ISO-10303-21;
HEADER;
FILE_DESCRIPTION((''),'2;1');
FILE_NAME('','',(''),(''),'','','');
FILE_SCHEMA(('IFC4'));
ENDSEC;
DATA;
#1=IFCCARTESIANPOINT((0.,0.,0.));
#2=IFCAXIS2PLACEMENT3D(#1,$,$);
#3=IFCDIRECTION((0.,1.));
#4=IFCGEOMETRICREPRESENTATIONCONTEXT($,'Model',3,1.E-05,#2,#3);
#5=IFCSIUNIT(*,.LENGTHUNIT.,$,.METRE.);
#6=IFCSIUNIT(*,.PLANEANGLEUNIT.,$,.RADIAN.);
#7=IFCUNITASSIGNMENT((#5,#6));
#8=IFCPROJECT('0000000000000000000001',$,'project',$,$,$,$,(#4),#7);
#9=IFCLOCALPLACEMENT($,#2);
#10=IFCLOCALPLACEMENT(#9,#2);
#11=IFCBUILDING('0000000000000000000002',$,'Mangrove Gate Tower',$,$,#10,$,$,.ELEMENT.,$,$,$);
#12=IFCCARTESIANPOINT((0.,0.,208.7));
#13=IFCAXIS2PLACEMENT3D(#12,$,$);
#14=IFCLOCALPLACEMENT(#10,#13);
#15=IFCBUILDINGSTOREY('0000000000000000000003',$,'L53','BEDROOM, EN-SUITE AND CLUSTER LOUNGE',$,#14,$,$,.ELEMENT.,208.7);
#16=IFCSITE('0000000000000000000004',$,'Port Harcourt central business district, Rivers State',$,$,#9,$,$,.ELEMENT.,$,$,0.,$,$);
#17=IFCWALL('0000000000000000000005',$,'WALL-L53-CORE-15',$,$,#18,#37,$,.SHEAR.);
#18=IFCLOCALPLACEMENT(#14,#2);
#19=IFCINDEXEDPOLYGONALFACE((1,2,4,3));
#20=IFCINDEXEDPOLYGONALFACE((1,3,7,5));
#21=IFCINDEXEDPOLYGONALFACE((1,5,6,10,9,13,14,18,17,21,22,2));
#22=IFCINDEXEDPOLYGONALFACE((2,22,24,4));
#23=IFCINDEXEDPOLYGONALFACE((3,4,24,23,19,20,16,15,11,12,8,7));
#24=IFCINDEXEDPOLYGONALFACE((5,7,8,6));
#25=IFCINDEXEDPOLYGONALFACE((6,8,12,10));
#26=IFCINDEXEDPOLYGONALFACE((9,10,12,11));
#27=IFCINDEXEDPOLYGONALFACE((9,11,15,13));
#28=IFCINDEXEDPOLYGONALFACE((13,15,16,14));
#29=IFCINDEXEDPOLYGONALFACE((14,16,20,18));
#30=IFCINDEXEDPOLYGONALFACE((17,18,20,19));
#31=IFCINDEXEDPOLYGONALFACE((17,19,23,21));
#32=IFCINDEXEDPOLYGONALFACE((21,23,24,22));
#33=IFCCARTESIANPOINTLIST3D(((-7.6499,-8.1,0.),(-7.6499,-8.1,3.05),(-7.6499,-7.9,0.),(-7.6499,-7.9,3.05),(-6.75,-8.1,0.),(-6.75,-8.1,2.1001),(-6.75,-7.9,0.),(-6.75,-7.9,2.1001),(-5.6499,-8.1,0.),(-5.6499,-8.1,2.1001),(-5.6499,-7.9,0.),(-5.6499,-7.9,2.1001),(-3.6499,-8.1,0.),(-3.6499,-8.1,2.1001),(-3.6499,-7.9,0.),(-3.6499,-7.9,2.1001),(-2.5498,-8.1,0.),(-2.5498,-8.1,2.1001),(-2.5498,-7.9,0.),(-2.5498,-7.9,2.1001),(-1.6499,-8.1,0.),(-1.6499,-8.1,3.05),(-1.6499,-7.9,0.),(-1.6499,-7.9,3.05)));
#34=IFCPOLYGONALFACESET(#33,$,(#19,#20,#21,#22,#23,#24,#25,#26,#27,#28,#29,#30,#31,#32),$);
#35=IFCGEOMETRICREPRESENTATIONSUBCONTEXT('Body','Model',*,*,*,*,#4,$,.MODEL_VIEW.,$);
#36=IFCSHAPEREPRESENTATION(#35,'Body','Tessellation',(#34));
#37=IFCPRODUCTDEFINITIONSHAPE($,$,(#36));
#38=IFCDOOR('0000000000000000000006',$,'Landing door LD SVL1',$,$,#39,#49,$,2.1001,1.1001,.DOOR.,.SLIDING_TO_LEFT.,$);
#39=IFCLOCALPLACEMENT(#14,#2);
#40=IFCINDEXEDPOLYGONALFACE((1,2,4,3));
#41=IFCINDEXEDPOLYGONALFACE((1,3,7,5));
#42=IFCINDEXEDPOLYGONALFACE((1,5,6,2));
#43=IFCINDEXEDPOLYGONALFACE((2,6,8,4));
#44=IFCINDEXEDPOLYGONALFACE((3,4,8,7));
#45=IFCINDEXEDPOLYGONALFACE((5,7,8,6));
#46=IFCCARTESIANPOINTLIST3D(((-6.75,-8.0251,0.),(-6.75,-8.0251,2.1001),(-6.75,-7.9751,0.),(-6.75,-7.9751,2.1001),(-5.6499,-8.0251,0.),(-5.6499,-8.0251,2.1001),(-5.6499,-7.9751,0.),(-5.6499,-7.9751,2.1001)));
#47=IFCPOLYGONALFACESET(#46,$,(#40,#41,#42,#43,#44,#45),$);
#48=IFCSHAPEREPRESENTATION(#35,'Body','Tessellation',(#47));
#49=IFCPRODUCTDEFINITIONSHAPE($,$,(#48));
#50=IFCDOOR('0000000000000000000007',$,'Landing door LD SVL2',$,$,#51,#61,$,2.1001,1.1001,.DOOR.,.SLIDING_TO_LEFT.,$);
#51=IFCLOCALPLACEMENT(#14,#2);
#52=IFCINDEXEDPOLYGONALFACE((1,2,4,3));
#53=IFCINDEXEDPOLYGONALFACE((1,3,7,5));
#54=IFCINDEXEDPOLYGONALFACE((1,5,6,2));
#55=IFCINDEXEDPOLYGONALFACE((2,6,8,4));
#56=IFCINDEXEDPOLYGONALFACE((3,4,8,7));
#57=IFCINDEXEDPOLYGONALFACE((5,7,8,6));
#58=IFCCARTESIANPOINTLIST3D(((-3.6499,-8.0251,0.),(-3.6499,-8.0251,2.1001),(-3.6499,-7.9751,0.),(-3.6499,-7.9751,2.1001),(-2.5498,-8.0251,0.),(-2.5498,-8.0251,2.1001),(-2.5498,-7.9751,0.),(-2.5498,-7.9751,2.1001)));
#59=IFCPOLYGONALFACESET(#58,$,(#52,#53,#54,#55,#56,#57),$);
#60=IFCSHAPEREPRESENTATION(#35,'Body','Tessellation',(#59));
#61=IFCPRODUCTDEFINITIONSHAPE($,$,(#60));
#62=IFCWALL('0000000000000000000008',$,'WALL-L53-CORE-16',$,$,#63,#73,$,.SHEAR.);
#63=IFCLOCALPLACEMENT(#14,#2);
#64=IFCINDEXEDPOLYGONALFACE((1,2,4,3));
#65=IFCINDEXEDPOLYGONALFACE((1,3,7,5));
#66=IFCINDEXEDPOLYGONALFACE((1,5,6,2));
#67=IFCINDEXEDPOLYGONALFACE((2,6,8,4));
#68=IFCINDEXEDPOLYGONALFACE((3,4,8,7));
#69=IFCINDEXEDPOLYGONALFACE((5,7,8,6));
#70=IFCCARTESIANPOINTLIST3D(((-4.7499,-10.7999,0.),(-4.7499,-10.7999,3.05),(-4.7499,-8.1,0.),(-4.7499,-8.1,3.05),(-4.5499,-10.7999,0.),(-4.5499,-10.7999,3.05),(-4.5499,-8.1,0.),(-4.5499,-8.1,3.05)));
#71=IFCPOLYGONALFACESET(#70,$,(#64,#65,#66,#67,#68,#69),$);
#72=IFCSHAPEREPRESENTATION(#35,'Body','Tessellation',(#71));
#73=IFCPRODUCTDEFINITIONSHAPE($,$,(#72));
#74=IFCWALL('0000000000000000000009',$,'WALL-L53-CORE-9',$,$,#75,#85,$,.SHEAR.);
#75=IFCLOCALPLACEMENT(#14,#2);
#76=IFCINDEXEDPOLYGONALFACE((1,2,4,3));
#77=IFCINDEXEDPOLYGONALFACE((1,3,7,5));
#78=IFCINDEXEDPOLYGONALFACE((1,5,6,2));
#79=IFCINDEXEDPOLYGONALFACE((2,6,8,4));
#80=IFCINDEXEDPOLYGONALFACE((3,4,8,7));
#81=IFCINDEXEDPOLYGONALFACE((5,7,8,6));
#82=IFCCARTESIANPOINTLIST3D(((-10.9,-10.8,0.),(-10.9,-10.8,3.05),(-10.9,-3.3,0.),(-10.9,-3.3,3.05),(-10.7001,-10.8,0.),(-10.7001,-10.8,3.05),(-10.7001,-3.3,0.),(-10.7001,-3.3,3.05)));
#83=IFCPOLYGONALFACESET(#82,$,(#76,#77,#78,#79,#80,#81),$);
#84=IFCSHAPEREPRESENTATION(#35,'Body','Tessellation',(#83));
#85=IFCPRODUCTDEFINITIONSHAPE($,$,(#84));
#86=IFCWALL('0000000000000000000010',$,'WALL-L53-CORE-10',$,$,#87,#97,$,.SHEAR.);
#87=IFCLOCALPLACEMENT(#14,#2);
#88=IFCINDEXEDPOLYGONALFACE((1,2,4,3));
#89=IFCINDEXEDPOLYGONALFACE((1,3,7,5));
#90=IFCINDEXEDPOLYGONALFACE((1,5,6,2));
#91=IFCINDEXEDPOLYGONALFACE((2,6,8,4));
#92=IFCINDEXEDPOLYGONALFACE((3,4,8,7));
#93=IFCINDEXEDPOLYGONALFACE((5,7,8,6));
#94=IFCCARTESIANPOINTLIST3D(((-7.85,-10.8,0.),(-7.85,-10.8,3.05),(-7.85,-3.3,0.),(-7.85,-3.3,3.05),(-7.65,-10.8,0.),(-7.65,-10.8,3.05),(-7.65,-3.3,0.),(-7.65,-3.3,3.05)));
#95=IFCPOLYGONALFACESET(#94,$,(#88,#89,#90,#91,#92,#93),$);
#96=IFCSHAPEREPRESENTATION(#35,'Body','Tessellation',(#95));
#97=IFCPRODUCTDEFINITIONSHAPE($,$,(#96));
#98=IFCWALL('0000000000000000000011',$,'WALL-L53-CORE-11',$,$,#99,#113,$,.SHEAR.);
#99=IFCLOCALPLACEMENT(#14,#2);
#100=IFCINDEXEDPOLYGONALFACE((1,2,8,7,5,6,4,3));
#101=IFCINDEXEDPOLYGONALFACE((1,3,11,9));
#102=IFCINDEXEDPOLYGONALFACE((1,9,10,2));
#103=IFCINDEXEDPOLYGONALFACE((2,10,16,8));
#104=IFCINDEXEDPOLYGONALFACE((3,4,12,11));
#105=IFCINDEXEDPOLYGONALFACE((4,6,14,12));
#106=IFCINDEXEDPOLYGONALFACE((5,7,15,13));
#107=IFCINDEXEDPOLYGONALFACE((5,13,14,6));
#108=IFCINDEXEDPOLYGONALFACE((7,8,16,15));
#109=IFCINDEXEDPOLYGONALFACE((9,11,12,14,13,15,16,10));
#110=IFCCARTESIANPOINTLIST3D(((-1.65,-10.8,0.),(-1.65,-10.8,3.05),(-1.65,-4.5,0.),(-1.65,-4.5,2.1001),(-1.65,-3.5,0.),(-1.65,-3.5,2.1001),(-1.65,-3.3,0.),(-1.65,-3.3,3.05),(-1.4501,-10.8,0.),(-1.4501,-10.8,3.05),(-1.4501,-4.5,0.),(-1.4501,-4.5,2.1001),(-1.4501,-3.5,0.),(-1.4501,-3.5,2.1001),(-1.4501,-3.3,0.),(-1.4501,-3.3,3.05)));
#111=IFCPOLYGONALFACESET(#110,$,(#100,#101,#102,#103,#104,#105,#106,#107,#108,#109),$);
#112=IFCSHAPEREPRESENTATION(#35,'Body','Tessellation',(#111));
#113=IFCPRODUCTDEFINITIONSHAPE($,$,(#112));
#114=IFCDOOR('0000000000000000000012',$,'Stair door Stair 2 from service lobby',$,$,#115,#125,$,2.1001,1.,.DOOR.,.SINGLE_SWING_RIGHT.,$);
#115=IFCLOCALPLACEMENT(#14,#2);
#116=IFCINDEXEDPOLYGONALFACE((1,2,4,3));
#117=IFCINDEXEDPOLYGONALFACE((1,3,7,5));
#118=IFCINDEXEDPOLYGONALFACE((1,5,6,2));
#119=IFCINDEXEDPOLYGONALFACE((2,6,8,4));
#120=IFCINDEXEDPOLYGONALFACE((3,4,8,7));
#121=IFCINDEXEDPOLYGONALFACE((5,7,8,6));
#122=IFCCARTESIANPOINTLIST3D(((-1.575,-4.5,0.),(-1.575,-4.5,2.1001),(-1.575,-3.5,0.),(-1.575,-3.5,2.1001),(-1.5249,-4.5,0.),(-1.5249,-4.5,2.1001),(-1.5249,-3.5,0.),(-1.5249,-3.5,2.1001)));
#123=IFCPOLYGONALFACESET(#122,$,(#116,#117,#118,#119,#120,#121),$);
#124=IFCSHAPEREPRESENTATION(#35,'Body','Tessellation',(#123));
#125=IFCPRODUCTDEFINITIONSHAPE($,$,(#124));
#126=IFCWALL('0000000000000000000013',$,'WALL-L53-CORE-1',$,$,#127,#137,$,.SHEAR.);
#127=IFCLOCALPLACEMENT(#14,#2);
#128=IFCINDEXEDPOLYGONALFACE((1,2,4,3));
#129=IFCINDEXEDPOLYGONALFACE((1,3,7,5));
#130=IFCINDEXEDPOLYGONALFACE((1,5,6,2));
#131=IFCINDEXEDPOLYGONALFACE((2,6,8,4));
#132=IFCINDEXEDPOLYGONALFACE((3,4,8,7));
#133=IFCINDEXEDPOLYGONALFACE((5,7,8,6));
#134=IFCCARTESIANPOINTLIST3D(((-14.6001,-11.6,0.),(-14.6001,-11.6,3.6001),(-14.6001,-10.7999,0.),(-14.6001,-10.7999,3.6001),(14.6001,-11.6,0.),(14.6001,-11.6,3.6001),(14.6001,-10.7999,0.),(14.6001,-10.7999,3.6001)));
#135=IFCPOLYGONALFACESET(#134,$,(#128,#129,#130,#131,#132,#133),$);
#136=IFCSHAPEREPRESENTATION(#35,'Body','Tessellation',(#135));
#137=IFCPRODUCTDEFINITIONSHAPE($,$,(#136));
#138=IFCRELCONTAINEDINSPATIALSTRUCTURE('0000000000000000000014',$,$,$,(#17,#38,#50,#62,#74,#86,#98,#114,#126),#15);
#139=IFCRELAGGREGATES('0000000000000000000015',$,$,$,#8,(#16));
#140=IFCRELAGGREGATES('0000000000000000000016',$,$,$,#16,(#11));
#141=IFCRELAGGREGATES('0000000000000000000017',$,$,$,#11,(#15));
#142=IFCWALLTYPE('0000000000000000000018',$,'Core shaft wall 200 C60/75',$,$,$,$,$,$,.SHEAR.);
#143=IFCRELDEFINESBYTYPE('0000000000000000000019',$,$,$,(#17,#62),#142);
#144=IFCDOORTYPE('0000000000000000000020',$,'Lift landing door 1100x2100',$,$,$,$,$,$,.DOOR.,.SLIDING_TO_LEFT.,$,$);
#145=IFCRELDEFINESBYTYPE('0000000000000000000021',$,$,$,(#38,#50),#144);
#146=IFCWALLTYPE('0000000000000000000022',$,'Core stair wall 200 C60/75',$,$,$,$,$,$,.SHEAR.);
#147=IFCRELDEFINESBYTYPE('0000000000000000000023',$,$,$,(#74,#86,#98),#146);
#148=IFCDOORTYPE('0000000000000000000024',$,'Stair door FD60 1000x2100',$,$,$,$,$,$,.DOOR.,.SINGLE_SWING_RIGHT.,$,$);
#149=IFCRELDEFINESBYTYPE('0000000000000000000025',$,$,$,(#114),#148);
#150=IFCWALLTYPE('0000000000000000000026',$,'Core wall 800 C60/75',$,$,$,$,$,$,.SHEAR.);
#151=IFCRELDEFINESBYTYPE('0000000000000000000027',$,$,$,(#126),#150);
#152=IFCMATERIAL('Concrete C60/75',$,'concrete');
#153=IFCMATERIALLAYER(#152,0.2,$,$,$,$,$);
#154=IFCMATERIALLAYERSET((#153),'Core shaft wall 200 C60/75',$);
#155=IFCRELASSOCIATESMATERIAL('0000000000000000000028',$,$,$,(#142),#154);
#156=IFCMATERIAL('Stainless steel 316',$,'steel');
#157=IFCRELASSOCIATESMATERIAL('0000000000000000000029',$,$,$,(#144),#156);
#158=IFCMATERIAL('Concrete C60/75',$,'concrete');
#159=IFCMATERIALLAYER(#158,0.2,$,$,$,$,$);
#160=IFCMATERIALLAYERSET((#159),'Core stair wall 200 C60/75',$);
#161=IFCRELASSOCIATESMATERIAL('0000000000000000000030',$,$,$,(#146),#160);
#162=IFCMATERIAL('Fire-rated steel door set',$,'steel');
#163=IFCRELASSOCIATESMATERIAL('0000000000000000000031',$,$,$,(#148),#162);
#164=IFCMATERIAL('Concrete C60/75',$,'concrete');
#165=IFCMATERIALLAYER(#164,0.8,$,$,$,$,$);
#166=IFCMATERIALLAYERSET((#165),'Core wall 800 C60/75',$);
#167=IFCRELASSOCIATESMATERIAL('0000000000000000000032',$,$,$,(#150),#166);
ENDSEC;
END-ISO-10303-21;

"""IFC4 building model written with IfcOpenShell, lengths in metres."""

from ifc_helpers import new_model, si_unit, direction, frame, frame_2d, origin, place, context, subcontext, project, spatial, rectangle, extrude, material, layer, layer_set, type_object, element, fill, save


model = new_model("IFC4")

# Units and contexts
model_context = context("Model", 3, precision=1e-05, world=origin(), true_north=direction((0.0, 1.0)))
body_context = subcontext(model_context, "Body", "Model", "MODEL_VIEW")
ifc_project = project(units=[si_unit("LENGTHUNIT", "METRE"), si_unit("PLANEANGLEUNIT", "RADIAN")], contexts=[model_context])

# Site, building, storey
site_placement = place(None, origin())
site = spatial("IfcSite", under=ifc_project, at=site_placement, Name="Port Harcourt central business district, Rivers State", CompositionType="ELEMENT", RefElevation=0.0)
building_placement = place(site_placement, origin())
building = spatial("IfcBuilding", under=site, at=building_placement, Name="Mangrove Gate Tower", CompositionType="ELEMENT")
storey_placement = place(building_placement, frame((0.0, 0.0, 208.7)))
storey = spatial("IfcBuildingStorey", under=building, at=storey_placement, Name="L53", Description="BEDROOM, EN-SUITE AND CLUSTER LOUNGE", CompositionType="ELEMENT", Elevation=208.7)

# Wall, openings, doors
ifc_material_1 = material(Name="Concrete C60/75", Category="concrete")
ifc_layer_1 = layer(ifc_material_1, 0.2)
ifc_layer_set_1 = layer_set([ifc_layer_1], Name="Core shaft wall 200 C60/75")
wall_type_1 = type_object("IfcWallType", Name="Core shaft wall 200 C60/75", PredefinedType="SHEAR", material=ifc_layer_set_1)
wall_1_placement = place(storey_placement, frame((-7.6499, -8.0, 0.0), z_axis=(0.0, 0.0, 1.0), x_axis=(1.0, 0.0, 0.0)))
wall_1 = element("IfcWall", 1, at=wall_1_placement, inside=storey, type_object=wall_type_1, Name="WALL-L53-CORE-15", PredefinedType="SHEAR", context=body_context, shape_type="SweptSolid", body=[
    extrude(rectangle(XDim=6.0, YDim=0.2, at=frame_2d((3.0, 0.0))), origin(), (0.0, 0.0, 1.0), 3.05),
])
opening_1_placement = place(wall_1_placement, frame((0.8999, 0.0, 0.0)))
opening_1 = element("IfcOpeningElement", 2, at=opening_1_placement, cuts=wall_1, PredefinedType="OPENING", context=body_context, shape_type="SweptSolid", body=[
    extrude(rectangle(XDim=1.1001, YDim=2.1001, at=frame_2d((0.55, 1.05))), frame((0.0, 0.1099, 0.0), z_axis=(0.0, -1.0, 0.0), x_axis=(1.0, 0.0, 0.0)), (0.0, 0.0, 1.0), 0.22),
])
opening_2_placement = place(wall_1_placement, frame((4.0, 0.0, 0.0)))
opening_2 = element("IfcOpeningElement", 3, at=opening_2_placement, cuts=wall_1, PredefinedType="OPENING", context=body_context, shape_type="SweptSolid", body=[
    extrude(rectangle(XDim=1.1001, YDim=2.1001, at=frame_2d((0.55, 1.05))), frame((0.0, 0.1099, 0.0), z_axis=(0.0, -1.0, 0.0), x_axis=(1.0, 0.0, 0.0)), (0.0, 0.0, 1.0), 0.22),
])
ifc_material_2 = material(Name="Stainless steel 316", Category="steel")
door_type_1 = type_object("IfcDoorType", Name="Lift landing door 1100x2100", OperationType="SLIDING_TO_LEFT", PredefinedType="DOOR", material=ifc_material_2)
door_1_placement = place(opening_1_placement, origin())
door_1 = element("IfcDoor", 4, at=door_1_placement, inside=storey, type_object=door_type_1, Name="Landing door LD SVL1", OperationType="SLIDING_TO_LEFT", OverallHeight=2.1001, OverallWidth=1.1001, PredefinedType="DOOR", context=body_context, shape_type="SweptSolid", body=[
    extrude(rectangle(XDim=1.1001, YDim=2.1001, at=frame_2d((0.55, 1.05))), frame((0.0, 0.0249, 0.0), z_axis=(0.0, -1.0, 0.0), x_axis=(1.0, 0.0, 0.0)), (0.0, 0.0, 1.0), 0.05),
])
fill(opening_1, door_1)
door_2_placement = place(opening_2_placement, origin())
door_2 = element("IfcDoor", 5, at=door_2_placement, inside=storey, type_object=door_type_1, Name="Landing door LD SVL2", OperationType="SLIDING_TO_LEFT", OverallHeight=2.1001, OverallWidth=1.1001, PredefinedType="DOOR", context=body_context, shape_type="SweptSolid", body=[
    extrude(rectangle(XDim=1.1001, YDim=2.1001, at=frame_2d((0.55, 1.05))), frame((0.0, 0.0249, 0.0), z_axis=(0.0, -1.0, 0.0), x_axis=(1.0, 0.0, 0.0)), (0.0, 0.0, 1.0), 0.05),
])
fill(opening_2, door_2)

# Walls
wall_2_placement = place(storey_placement, frame((-4.6499, -10.8, 0.0), z_axis=(0.0, 0.0, 1.0), x_axis=(0.0, 1.0, 0.0)))
element("IfcWall", 6, at=wall_2_placement, inside=storey, type_object=wall_type_1, Name="WALL-L53-CORE-16", PredefinedType="SHEAR", context=body_context, shape_type="SweptSolid", body=[
    extrude(rectangle(XDim=2.7, YDim=0.2, at=frame_2d((1.3501, 0.0))), origin(), (0.0, 0.0, 1.0), 3.05),
])
ifc_material_3 = material(Name="Concrete C60/75", Category="concrete")
ifc_layer_2 = layer(ifc_material_3, 0.2)
ifc_layer_set_2 = layer_set([ifc_layer_2], Name="Core stair wall 200 C60/75")
wall_type_2 = type_object("IfcWallType", Name="Core stair wall 200 C60/75", PredefinedType="SHEAR", material=ifc_layer_set_2)
for number, where, z_axis, x_axis, name in (
    (7, (-10.8, -10.8, 0.0), (0.0, 0.0, 1.0), (0.0, 1.0, 0.0), "WALL-L53-CORE-9"),
    (8, (-7.75, -10.8, 0.0), (0.0, 0.0, 1.0), (0.0, 1.0, 0.0), "WALL-L53-CORE-10"),
):
    element("IfcWall", number, at=place(storey_placement, frame(where, z_axis=z_axis, x_axis=x_axis)), inside=storey, type_object=wall_type_2, Name=name, PredefinedType="SHEAR", context=body_context, shape_type="SweptSolid", body=[
        extrude(rectangle(XDim=7.5, YDim=0.2, at=frame_2d((3.75, 0.0))), origin(), (0.0, 0.0, 1.0), 3.05),
    ])

# Wall, opening, door
wall_3_placement = place(storey_placement, frame((-1.55, -10.8, 0.0), z_axis=(0.0, 0.0, 1.0), x_axis=(0.0, 1.0, 0.0)))
wall_3 = element("IfcWall", 9, at=wall_3_placement, inside=storey, type_object=wall_type_2, Name="WALL-L53-CORE-11", PredefinedType="SHEAR", context=body_context, shape_type="SweptSolid", body=[
    extrude(rectangle(XDim=7.5, YDim=0.2, at=frame_2d((3.75, 0.0))), origin(), (0.0, 0.0, 1.0), 3.05),
])
opening_3_placement = place(wall_3_placement, frame((6.3, 0.0, 0.0)))
opening_3 = element("IfcOpeningElement", 10, at=opening_3_placement, cuts=wall_3, PredefinedType="OPENING", context=body_context, shape_type="SweptSolid", body=[
    extrude(rectangle(XDim=1.0, YDim=2.1001, at=frame_2d((0.5, 1.05))), frame((0.0, 0.1099, 0.0), z_axis=(0.0, -1.0, 0.0), x_axis=(1.0, 0.0, 0.0)), (0.0, 0.0, 1.0), 0.22),
])
ifc_material_4 = material(Name="Fire-rated steel door set", Category="steel")
door_type_2 = type_object("IfcDoorType", Name="Stair door FD60 1000x2100", OperationType="SINGLE_SWING_RIGHT", PredefinedType="DOOR", material=ifc_material_4)
door_3_placement = place(opening_3_placement, origin())
door_3 = element("IfcDoor", 11, at=door_3_placement, inside=storey, type_object=door_type_2, Name="Stair door Stair 2 from service lobby", OperationType="SINGLE_SWING_RIGHT", OverallHeight=2.1001, OverallWidth=1.0, PredefinedType="DOOR", context=body_context, shape_type="SweptSolid", body=[
    extrude(rectangle(XDim=1.0, YDim=2.1001, at=frame_2d((0.5, 1.05))), frame((0.0, 0.0249, 0.0), z_axis=(0.0, -1.0, 0.0), x_axis=(1.0, 0.0, 0.0)), (0.0, 0.0, 1.0), 0.05),
])
fill(opening_3, door_3)

# Wall
ifc_material_5 = material(Name="Concrete C60/75", Category="concrete")
ifc_layer_3 = layer(ifc_material_5, 0.8)
ifc_layer_set_3 = layer_set([ifc_layer_3], Name="Core wall 800 C60/75")
wall_type_3 = type_object("IfcWallType", Name="Core wall 800 C60/75", PredefinedType="SHEAR", material=ifc_layer_set_3)
wall_4_placement = place(storey_placement, frame((-14.6001, -11.2, 0.0), z_axis=(0.0, 0.0, 1.0), x_axis=(1.0, 0.0, 0.0)))
element("IfcWall", 12, at=wall_4_placement, inside=storey, type_object=wall_type_3, Name="WALL-L53-CORE-1", PredefinedType="SHEAR", context=body_context, shape_type="SweptSolid", body=[
    extrude(rectangle(XDim=29.2002, YDim=0.8, at=frame_2d((14.6001, 0.0))), origin(), (0.0, 0.0, 1.0), 3.6001),
])

save(model, "model.ifc")
